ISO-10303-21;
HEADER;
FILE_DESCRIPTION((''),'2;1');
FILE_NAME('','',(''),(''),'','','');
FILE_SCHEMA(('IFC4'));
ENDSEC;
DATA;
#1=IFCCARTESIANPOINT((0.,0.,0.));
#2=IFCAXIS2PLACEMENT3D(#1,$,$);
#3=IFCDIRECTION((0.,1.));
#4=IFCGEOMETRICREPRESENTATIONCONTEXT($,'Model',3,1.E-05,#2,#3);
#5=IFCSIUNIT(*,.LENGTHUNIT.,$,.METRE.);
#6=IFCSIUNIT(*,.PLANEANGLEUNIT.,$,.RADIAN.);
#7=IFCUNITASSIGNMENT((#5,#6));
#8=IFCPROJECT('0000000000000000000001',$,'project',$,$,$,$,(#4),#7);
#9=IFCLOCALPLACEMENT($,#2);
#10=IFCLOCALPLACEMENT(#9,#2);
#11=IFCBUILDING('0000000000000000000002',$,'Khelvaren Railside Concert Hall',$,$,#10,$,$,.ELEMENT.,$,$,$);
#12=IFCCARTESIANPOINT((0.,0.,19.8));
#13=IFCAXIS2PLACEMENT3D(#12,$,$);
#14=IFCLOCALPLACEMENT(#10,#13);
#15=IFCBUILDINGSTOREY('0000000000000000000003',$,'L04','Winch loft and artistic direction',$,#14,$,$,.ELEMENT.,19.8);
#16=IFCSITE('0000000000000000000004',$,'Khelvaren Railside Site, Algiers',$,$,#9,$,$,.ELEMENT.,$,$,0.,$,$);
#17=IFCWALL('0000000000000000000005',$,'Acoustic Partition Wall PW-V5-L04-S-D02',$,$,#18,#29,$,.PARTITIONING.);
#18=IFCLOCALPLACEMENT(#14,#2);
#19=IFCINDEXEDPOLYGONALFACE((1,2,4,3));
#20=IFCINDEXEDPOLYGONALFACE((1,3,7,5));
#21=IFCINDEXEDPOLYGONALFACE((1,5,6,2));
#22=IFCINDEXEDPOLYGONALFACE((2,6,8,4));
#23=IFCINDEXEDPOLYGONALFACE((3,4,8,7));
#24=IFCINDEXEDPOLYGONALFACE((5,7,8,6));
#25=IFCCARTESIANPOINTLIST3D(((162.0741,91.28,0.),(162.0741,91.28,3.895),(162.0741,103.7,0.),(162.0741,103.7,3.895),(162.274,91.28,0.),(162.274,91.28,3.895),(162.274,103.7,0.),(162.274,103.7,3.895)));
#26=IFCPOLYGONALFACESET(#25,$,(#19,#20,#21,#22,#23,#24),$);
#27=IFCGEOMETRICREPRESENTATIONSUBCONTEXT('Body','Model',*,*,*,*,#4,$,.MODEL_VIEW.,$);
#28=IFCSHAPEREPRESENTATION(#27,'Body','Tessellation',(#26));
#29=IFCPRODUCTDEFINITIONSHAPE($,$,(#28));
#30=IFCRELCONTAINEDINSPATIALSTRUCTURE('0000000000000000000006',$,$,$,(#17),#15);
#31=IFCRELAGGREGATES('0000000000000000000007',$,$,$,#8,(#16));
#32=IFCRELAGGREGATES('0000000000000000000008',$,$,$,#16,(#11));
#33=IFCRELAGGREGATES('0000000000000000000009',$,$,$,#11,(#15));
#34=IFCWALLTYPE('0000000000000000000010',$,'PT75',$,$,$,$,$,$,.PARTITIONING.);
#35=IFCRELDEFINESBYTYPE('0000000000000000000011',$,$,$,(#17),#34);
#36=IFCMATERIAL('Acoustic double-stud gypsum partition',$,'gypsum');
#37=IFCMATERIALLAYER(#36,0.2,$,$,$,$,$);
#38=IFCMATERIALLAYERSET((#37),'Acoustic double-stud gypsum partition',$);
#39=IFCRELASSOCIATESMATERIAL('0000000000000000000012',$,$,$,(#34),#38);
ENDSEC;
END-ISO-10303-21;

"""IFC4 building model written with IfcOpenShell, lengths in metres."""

from ifc_helpers import new_model, si_unit, direction, frame, frame_2d, origin, place, context, subcontext, project, spatial, rectangle, extrude, material, layer, layer_set, type_object, element, save


model = new_model("IFC4")

# Units and contexts
model_context = context("Model", 3, precision=1e-05, world=origin(), true_north=direction((0.0, 1.0)))
body_context = subcontext(model_context, "Body", "Model", "MODEL_VIEW")
ifc_project = project(units=[si_unit("LENGTHUNIT", "METRE"), si_unit("PLANEANGLEUNIT", "RADIAN")], contexts=[model_context])

# Site, building, storey
site_placement = place(None, origin())
site = spatial("IfcSite", under=ifc_project, at=site_placement, Name="Khelvaren Railside Site, Algiers", CompositionType="ELEMENT", RefElevation=0.0)
building_placement = place(site_placement, origin())
building = spatial("IfcBuilding", under=site, at=building_placement, Name="Khelvaren Railside Concert Hall", CompositionType="ELEMENT")
storey_placement = place(building_placement, frame((0.0, 0.0, 19.8)))
storey = spatial("IfcBuildingStorey", under=building, at=storey_placement, Name="L04", Description="Winch loft and artistic direction", CompositionType="ELEMENT", Elevation=19.8)

# Wall
ifc_material_1 = material(Name="Acoustic double-stud gypsum partition", Category="gypsum")
ifc_layer_1 = layer(ifc_material_1, 0.2)
ifc_layer_set_1 = layer_set([ifc_layer_1], Name="Acoustic double-stud gypsum partition")
wall_type_1 = type_object("IfcWallType", Name="PT75", PredefinedType="PARTITIONING", material=ifc_layer_set_1)
wall_1_placement = place(storey_placement, frame((162.1741, 91.28, 0.0), z_axis=(0.0, 0.0, 1.0), x_axis=(0.0, 1.0, 0.0)))
element("IfcWall", 1, at=wall_1_placement, inside=storey, type_object=wall_type_1, Name="Acoustic Partition Wall PW-V5-L04-S-D02", PredefinedType="PARTITIONING", context=body_context, shape_type="SweptSolid", body=[
    extrude(rectangle(XDim=12.4199, YDim=0.2, at=frame_2d((6.21, 0.0))), origin(), (0.0, 0.0, 1.0), 3.895),
])

save(model, "model.ifc")
